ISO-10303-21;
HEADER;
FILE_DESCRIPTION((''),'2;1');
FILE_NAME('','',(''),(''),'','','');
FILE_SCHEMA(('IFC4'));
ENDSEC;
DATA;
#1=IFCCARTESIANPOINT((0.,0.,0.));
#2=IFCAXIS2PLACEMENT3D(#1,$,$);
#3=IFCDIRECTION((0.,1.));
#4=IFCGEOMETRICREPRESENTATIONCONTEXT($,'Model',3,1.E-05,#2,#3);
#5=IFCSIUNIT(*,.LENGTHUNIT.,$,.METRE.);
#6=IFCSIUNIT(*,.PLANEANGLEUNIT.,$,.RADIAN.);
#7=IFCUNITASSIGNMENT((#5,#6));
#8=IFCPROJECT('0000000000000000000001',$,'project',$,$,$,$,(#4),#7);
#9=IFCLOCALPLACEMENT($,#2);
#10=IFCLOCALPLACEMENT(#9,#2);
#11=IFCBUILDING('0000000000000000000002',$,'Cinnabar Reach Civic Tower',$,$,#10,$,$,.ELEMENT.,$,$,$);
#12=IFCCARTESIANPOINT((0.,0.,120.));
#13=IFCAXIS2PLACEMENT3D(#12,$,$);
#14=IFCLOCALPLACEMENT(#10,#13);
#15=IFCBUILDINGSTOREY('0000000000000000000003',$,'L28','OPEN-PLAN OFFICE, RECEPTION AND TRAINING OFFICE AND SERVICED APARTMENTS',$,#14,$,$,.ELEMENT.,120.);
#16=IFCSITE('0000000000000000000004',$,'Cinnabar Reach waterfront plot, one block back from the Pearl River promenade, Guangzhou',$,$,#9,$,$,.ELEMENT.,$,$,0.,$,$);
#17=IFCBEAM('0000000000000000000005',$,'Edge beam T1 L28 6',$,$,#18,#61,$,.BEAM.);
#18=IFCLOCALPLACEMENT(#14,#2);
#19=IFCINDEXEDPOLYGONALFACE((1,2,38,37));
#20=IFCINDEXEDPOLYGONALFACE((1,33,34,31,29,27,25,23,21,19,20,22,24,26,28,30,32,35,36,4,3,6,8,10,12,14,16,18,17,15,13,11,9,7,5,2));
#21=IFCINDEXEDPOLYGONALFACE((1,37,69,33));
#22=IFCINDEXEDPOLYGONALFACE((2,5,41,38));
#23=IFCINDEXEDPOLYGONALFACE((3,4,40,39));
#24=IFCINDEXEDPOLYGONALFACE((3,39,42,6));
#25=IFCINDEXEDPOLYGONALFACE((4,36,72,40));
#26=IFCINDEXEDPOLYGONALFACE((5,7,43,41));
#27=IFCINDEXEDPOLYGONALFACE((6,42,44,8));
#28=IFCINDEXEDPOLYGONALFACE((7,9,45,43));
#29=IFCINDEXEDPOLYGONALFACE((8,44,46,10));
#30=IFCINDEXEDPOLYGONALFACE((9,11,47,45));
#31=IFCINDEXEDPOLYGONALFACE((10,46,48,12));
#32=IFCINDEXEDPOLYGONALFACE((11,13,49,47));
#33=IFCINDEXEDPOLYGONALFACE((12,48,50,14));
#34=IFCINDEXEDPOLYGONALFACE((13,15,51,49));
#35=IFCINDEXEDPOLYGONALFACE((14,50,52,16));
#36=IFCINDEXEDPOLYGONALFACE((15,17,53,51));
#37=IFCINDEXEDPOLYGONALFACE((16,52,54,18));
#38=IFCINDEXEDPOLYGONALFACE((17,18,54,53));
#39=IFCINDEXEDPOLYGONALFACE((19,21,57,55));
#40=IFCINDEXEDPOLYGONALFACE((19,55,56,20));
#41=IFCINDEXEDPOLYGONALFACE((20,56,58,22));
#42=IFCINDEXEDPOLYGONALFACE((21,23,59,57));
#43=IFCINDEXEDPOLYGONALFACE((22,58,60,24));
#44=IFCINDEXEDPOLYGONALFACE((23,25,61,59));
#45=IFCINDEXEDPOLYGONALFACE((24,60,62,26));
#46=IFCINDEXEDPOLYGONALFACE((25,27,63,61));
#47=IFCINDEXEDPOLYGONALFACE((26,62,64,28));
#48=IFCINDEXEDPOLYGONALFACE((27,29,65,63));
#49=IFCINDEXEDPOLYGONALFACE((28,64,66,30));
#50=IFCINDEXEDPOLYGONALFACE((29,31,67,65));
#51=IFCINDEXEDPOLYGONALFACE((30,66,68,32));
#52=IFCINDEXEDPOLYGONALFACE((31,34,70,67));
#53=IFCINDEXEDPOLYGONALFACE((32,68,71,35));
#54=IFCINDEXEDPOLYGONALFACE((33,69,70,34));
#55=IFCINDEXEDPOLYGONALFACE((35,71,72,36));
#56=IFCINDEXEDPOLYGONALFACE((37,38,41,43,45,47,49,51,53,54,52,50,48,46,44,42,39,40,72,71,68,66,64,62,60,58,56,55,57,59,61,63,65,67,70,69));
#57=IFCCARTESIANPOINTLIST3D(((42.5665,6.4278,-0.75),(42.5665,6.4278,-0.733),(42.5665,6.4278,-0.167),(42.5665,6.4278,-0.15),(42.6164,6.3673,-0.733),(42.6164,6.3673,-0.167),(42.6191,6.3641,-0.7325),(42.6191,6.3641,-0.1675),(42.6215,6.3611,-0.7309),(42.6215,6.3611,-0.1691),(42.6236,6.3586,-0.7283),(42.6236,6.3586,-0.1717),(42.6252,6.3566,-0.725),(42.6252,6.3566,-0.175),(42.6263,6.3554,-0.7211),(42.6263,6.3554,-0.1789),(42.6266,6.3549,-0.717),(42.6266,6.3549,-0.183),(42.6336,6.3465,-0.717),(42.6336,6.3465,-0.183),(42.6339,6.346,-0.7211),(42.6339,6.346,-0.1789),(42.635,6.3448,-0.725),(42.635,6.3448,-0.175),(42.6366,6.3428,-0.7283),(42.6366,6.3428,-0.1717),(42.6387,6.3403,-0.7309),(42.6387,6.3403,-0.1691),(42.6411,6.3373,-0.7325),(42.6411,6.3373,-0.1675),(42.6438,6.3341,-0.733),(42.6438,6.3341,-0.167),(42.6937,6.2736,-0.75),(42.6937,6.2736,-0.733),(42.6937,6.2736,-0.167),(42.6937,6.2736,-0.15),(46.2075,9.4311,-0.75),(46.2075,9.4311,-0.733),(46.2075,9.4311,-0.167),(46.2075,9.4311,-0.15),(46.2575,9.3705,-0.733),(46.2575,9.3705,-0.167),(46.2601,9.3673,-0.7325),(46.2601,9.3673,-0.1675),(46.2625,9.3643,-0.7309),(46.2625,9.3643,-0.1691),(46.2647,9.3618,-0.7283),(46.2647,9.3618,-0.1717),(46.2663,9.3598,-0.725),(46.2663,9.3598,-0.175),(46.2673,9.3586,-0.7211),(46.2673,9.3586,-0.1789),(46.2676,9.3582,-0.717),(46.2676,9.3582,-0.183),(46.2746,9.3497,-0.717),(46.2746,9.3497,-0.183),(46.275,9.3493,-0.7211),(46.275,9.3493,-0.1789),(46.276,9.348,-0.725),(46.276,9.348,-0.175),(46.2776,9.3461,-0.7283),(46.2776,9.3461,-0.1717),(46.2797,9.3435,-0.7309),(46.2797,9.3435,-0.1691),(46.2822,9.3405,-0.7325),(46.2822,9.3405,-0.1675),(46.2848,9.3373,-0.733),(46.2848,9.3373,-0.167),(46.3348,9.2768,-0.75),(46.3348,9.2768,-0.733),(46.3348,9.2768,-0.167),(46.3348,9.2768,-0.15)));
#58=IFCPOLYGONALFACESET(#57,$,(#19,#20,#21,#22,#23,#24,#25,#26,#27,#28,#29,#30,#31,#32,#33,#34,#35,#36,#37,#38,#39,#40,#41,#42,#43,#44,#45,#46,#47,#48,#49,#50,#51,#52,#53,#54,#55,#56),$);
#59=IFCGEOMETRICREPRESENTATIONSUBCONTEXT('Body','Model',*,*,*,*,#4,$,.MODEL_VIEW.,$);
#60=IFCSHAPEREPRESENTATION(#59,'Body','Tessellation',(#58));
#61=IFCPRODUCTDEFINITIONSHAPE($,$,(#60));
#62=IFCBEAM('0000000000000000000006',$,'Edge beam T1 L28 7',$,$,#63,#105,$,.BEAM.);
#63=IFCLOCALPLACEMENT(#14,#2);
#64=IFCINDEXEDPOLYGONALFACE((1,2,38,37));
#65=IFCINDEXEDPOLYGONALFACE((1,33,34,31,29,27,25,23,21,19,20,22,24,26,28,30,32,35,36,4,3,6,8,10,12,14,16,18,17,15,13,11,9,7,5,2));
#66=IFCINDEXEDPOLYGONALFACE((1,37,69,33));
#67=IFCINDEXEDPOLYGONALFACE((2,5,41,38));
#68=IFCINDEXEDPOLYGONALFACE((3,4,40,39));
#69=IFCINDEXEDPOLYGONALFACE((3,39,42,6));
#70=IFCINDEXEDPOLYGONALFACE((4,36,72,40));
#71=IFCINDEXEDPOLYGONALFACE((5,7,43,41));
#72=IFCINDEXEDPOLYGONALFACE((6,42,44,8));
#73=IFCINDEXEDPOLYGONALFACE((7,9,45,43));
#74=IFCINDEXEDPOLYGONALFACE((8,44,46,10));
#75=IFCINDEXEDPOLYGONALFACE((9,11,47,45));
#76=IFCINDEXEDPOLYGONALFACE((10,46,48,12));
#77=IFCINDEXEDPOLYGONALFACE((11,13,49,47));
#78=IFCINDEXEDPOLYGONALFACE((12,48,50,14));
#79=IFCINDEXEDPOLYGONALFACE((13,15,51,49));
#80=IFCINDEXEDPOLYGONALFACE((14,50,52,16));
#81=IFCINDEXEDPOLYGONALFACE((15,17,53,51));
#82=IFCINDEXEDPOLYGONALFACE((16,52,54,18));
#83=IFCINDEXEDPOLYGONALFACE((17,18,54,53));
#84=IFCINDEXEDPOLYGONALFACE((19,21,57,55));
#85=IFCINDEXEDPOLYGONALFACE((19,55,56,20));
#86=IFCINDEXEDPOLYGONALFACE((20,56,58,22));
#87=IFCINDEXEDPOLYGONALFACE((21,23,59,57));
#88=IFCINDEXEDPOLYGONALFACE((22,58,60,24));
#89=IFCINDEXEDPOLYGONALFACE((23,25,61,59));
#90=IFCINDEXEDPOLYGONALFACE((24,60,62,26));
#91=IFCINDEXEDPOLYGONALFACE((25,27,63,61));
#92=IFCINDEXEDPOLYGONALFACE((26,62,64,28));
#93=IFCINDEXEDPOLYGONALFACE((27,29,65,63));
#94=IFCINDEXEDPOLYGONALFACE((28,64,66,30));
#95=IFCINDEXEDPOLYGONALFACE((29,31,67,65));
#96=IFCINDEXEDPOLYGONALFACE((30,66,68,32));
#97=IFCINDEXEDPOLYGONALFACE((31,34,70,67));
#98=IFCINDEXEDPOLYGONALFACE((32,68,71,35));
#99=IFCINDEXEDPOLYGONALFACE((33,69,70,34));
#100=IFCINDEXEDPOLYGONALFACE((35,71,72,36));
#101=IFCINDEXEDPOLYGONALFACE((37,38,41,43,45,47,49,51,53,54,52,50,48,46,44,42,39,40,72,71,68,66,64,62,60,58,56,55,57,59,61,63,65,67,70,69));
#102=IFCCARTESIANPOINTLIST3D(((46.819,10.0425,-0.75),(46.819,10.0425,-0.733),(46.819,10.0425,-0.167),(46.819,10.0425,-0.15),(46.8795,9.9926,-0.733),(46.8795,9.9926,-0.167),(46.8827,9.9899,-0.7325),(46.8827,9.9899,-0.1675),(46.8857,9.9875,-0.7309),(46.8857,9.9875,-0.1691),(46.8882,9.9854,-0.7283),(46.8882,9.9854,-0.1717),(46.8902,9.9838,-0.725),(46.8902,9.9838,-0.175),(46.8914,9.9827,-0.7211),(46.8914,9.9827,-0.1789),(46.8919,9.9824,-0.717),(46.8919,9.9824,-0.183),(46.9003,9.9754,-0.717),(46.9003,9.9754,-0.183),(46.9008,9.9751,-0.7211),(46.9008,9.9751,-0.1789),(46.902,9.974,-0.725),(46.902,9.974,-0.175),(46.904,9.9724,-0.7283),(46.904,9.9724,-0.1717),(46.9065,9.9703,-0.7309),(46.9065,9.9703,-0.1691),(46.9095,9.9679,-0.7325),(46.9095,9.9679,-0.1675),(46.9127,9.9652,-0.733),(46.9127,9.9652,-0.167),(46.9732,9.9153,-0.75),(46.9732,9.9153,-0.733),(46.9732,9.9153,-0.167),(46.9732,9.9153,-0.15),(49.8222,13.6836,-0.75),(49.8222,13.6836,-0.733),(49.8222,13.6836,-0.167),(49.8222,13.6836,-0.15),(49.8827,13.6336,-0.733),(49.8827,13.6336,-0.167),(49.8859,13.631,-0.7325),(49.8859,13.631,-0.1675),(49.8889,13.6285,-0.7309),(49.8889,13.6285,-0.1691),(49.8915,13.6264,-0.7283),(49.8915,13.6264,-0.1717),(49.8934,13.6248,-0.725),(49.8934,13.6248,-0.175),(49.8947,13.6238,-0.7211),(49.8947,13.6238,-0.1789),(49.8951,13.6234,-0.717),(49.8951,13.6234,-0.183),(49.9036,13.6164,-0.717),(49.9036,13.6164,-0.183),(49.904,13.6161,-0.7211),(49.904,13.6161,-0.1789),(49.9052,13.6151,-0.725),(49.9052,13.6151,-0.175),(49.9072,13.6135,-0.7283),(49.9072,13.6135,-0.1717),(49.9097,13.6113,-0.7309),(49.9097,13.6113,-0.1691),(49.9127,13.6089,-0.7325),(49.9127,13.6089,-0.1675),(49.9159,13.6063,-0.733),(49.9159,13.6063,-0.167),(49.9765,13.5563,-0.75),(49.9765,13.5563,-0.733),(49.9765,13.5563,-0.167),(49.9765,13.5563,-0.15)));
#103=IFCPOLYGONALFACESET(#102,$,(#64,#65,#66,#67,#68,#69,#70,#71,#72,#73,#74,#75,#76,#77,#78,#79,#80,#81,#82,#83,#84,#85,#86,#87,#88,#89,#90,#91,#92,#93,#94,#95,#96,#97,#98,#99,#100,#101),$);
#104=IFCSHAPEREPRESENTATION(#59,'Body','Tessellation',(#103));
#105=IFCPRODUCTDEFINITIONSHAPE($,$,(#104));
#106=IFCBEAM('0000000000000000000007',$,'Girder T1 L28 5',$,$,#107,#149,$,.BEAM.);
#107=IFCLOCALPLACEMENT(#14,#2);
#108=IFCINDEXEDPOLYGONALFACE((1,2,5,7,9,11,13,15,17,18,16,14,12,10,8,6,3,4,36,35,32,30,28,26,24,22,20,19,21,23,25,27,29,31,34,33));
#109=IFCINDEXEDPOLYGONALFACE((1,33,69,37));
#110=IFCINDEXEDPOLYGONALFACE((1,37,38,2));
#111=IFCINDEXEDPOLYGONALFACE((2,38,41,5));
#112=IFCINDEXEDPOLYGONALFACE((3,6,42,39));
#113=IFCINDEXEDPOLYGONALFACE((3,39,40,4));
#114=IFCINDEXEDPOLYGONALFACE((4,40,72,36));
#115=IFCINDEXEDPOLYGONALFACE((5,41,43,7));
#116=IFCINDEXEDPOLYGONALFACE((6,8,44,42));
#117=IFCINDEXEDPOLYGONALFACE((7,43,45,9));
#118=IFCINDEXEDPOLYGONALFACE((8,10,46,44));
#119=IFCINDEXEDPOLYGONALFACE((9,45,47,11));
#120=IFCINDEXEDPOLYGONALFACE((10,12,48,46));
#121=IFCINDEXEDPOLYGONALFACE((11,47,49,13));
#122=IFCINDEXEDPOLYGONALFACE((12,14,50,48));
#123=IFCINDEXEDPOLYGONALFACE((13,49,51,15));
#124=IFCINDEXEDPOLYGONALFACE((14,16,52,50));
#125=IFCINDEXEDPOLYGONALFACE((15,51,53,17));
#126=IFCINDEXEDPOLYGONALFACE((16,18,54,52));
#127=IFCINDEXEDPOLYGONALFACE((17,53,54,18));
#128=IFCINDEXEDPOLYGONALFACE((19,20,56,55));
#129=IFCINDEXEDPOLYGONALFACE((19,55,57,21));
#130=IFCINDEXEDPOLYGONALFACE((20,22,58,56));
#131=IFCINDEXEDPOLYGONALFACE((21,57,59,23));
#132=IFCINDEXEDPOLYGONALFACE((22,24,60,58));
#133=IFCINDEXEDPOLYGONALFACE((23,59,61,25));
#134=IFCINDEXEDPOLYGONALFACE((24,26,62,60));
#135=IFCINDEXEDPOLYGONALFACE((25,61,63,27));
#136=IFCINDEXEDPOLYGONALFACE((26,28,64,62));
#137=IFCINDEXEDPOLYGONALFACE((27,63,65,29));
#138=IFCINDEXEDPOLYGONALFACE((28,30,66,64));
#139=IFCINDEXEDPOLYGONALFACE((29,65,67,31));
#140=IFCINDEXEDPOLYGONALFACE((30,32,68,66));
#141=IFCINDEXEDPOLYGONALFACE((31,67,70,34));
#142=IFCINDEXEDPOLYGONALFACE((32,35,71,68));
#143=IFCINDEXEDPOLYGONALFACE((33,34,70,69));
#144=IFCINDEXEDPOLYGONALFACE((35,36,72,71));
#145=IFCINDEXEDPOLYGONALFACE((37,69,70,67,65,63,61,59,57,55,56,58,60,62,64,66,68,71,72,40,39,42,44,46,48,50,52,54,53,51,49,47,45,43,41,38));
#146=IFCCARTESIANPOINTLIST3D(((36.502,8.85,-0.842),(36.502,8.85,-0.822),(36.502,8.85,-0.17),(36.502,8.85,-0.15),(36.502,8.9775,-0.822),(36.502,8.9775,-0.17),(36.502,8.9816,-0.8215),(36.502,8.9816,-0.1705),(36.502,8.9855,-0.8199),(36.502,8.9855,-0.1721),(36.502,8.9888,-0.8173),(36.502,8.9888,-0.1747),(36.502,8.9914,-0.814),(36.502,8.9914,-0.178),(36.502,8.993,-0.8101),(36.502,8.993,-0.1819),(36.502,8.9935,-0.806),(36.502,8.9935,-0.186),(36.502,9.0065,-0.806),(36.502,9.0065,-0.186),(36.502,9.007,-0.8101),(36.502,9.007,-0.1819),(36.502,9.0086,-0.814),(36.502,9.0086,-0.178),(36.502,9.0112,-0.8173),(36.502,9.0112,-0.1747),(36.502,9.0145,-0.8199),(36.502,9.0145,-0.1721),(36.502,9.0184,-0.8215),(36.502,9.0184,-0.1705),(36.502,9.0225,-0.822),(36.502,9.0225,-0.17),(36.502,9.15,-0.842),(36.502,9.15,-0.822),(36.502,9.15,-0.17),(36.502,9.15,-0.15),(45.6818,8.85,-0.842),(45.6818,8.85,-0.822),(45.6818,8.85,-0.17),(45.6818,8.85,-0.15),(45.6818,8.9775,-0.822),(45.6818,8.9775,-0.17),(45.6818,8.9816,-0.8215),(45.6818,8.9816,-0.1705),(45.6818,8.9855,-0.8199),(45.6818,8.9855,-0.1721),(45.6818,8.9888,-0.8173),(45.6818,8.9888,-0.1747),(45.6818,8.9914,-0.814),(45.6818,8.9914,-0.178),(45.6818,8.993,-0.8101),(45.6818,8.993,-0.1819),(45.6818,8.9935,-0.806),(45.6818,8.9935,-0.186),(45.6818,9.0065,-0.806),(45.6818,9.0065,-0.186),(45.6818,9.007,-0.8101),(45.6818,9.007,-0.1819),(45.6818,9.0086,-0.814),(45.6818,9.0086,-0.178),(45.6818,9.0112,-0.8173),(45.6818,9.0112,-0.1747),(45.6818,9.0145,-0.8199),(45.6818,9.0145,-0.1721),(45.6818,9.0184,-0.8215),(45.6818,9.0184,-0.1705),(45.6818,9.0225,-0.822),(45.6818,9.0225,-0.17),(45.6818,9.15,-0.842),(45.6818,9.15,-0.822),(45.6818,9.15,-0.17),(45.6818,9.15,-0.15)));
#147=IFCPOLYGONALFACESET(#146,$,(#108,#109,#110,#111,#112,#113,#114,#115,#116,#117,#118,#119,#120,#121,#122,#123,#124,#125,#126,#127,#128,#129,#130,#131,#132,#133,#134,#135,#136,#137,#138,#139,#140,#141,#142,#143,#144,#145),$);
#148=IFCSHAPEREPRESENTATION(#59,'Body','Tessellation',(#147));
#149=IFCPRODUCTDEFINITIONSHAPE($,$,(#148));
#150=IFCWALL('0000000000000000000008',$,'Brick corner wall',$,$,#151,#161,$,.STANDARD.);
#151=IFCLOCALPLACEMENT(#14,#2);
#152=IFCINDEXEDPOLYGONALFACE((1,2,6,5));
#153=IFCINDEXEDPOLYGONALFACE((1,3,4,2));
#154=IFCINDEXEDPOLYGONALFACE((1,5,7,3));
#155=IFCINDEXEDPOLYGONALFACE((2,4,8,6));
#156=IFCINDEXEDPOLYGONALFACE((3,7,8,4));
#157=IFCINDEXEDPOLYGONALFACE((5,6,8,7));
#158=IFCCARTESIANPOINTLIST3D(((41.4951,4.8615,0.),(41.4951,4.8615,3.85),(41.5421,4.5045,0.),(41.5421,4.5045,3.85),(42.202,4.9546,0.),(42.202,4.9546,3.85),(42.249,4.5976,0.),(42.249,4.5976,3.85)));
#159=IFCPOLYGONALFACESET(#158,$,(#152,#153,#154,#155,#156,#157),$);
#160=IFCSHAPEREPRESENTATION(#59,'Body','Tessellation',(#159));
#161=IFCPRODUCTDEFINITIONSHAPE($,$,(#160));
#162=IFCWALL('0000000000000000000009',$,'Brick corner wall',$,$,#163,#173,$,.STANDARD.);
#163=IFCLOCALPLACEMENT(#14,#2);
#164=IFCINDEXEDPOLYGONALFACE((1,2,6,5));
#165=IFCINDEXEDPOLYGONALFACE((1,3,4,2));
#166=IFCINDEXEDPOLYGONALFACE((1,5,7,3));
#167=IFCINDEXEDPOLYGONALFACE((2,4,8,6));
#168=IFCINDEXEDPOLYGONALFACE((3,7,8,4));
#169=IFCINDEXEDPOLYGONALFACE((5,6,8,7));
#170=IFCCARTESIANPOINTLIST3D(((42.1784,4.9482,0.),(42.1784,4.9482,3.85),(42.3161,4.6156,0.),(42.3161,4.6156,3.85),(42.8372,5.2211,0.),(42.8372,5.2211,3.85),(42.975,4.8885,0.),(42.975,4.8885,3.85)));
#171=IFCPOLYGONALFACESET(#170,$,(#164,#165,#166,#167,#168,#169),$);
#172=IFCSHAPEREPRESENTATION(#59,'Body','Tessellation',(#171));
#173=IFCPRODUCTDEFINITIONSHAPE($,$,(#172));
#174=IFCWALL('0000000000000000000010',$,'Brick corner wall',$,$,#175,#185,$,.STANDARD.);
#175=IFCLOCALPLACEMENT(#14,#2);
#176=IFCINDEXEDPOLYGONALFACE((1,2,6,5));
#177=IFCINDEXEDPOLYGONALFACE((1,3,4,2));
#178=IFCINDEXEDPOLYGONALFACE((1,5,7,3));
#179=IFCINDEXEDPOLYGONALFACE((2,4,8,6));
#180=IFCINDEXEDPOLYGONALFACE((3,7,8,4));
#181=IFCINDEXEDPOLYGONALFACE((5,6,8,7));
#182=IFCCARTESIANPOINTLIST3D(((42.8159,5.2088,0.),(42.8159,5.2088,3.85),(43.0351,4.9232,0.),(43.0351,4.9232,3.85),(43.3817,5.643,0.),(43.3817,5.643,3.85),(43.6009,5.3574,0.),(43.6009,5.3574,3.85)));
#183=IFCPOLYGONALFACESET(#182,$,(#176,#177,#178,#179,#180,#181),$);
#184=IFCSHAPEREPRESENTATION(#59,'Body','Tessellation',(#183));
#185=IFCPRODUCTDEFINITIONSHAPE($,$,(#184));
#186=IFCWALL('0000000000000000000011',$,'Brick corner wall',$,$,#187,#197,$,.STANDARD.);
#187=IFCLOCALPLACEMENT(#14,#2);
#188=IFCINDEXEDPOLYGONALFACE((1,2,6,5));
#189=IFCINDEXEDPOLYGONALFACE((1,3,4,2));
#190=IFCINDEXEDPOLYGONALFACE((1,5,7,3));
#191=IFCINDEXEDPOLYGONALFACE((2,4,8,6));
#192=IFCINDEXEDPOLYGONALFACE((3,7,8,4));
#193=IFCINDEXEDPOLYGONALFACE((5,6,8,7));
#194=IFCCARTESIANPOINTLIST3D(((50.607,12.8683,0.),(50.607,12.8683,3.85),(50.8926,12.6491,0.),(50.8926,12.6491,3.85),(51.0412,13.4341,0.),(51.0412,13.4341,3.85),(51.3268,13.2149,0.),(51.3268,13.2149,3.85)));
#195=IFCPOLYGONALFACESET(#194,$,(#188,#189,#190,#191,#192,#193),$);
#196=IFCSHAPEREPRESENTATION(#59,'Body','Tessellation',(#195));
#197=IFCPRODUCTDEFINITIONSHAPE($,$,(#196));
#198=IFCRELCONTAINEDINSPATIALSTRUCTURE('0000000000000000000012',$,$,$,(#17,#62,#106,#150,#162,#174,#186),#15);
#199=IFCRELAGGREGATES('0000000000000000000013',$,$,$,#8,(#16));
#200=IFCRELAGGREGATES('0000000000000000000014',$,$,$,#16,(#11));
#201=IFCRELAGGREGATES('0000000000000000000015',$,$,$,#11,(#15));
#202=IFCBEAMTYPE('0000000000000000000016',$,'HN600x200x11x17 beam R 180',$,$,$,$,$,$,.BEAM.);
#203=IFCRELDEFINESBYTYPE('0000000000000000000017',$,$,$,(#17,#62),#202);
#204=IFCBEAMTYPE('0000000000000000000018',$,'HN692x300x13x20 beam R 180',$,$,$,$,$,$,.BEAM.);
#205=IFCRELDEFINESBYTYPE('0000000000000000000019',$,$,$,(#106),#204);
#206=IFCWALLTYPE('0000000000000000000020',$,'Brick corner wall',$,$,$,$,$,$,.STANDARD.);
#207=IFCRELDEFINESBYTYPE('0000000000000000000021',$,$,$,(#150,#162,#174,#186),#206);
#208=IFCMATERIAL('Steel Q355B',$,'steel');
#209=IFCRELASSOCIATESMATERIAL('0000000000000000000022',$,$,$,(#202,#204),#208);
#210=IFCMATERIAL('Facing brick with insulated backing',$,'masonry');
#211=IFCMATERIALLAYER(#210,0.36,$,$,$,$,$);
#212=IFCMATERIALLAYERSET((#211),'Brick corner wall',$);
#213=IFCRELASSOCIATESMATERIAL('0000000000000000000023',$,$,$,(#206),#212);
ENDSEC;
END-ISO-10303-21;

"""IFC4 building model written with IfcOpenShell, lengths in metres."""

from ifc_helpers import new_model, si_unit, direction, frame, frame_2d, origin, origin_2d, place, context, subcontext, project, spatial, rectangle, i_section, extrude, material, layer, layer_set, material_profile, profile_set, type_object, element, save


model = new_model("IFC4")

# Units and contexts
model_context = context("Model", 3, precision=1e-05, world=origin(), true_north=direction((0.0, 1.0)))
body_context = subcontext(model_context, "Body", "Model", "MODEL_VIEW")
ifc_project = project(units=[si_unit("LENGTHUNIT", "METRE"), si_unit("PLANEANGLEUNIT", "RADIAN")], contexts=[model_context])

# Site, building, storey
site_placement = place(None, origin())
site = spatial("IfcSite", under=ifc_project, at=site_placement, Name="Cinnabar Reach waterfront plot, one block back from the Pearl River promenade, Guangzhou", CompositionType="ELEMENT", RefElevation=0.0)
building_placement = place(site_placement, origin())
building = spatial("IfcBuilding", under=site, at=building_placement, Name="Cinnabar Reach Civic Tower", CompositionType="ELEMENT")
storey_placement = place(building_placement, frame((0.0, 0.0, 120.0)))
storey = spatial("IfcBuildingStorey", under=building, at=storey_placement, Name="L28", Description="OPEN-PLAN OFFICE, RECEPTION AND TRAINING OFFICE AND SERVICED APARTMENTS", CompositionType="ELEMENT", Elevation=120.0)

# Beams
ifc_material_1 = material(Name="Steel Q355B", Category="steel")
ifc_material_profile_1 = material_profile(ifc_material_1, i_section(OverallWidth=0.2, OverallDepth=0.6, WebThickness=0.011, FlangeThickness=0.017, FilletRadius=0.016, at=origin_2d()), Name="HN600x200x11x17")
ifc_profile_set_1 = profile_set([ifc_material_profile_1], Name="Steel Q355B")
beam_type_1 = type_object("IfcBeamType", Name="HN600x200x11x17 beam R 180", PredefinedType="BEAM", material=ifc_profile_set_1)
for number, where, z_axis, x_axis, name in (
    (1, (42.6301, 6.3507, -0.45), (0.771438, 0.636304, 0.0), (-0.636304, 0.771438, 0.0), "Edge beam T1 L28 6"),
    (2, (46.8961, 9.9789, -0.45), (0.636304, 0.771438, 0.0), (-0.771438, 0.636304, 0.0), "Edge beam T1 L28 7"),
):
    element("IfcBeam", number, at=place(storey_placement, frame(where, z_axis=z_axis, x_axis=x_axis)), inside=storey, type_object=beam_type_1, Name=name, PredefinedType="BEAM", context=body_context, shape_type="SweptSolid", body=[
        extrude(i_section(OverallWidth=0.2, OverallDepth=0.6, WebThickness=0.011, FlangeThickness=0.017, FilletRadius=0.016, at=origin_2d()), origin(), (0.0, 0.0, 1.0), 4.7198),
    ])
ifc_material_profile_2 = material_profile(ifc_material_1, i_section(OverallWidth=0.3, OverallDepth=0.692, WebThickness=0.013, FlangeThickness=0.02, FilletRadius=0.016, at=origin_2d()), Name="HN692x300x13x20")
ifc_profile_set_2 = profile_set([ifc_material_profile_2], Name="Steel Q355B")
beam_type_2 = type_object("IfcBeamType", Name="HN692x300x13x20 beam R 180", PredefinedType="BEAM", material=ifc_profile_set_2)
beam_1_placement = place(storey_placement, frame((36.502, 9.0, -0.496), z_axis=(1.0, 0.0, 0.0), x_axis=(0.0, 1.0, 0.0)))
element("IfcBeam", 3, at=beam_1_placement, inside=storey, type_object=beam_type_2, Name="Girder T1 L28 5", PredefinedType="BEAM", context=body_context, shape_type="SweptSolid", body=[
    extrude(i_section(OverallWidth=0.3, OverallDepth=0.692, WebThickness=0.013, FlangeThickness=0.02, FilletRadius=0.016, at=origin_2d()), origin(), (0.0, 0.0, 1.0), 9.1798),
])

# Walls
ifc_material_2 = material(Name="Facing brick with insulated backing", Category="masonry")
ifc_layer_1 = layer(ifc_material_2, 0.36)
ifc_layer_set_1 = layer_set([ifc_layer_1], Name="Brick corner wall")
wall_type_1 = type_object("IfcWallType", Name="Brick corner wall", PredefinedType="STANDARD", material=ifc_layer_set_1)
for number, where, z_axis, x_axis, name in (
    (4, (41.5186, 4.683, 0.0), (0.0, 0.0, 1.0), (0.991441, 0.130556, 0.0), "Brick corner wall"),
    (5, (42.2473, 4.7819, 0.0), (0.0, 0.0, 1.0), (0.923872, 0.382703, 0.0), "Brick corner wall"),
):
    element("IfcWall", number, at=place(storey_placement, frame(where, z_axis=z_axis, x_axis=x_axis)), inside=storey, type_object=wall_type_1, Name=name, PredefinedType="STANDARD", context=body_context, shape_type="SweptSolid", body=[
        extrude(rectangle(XDim=0.7131, YDim=0.36, at=frame_2d((0.3565, 0.0))), origin(), (0.0, 0.0, 1.0), 3.85),
    ])
for number, where, z_axis, x_axis, name in (
    (6, (42.9255, 5.066, 0.0), (0.0, 0.0, 1.0), (0.793322, 0.608802, 0.0), "Brick corner wall"),
    (7, (50.7498, 12.7587, 0.0), (0.0, 0.0, 1.0), (0.608802, 0.793322, 0.0), "Brick corner wall"),
):
    element("IfcWall", number, at=place(storey_placement, frame(where, z_axis=z_axis, x_axis=x_axis)), inside=storey, type_object=wall_type_1, Name=name, PredefinedType="STANDARD", context=body_context, shape_type="SweptSolid", body=[
        extrude(rectangle(XDim=0.7132, YDim=0.36, at=frame_2d((0.3566, 0.0))), origin(), (0.0, 0.0, 1.0), 3.85),
    ])

save(model, "model.ifc")
